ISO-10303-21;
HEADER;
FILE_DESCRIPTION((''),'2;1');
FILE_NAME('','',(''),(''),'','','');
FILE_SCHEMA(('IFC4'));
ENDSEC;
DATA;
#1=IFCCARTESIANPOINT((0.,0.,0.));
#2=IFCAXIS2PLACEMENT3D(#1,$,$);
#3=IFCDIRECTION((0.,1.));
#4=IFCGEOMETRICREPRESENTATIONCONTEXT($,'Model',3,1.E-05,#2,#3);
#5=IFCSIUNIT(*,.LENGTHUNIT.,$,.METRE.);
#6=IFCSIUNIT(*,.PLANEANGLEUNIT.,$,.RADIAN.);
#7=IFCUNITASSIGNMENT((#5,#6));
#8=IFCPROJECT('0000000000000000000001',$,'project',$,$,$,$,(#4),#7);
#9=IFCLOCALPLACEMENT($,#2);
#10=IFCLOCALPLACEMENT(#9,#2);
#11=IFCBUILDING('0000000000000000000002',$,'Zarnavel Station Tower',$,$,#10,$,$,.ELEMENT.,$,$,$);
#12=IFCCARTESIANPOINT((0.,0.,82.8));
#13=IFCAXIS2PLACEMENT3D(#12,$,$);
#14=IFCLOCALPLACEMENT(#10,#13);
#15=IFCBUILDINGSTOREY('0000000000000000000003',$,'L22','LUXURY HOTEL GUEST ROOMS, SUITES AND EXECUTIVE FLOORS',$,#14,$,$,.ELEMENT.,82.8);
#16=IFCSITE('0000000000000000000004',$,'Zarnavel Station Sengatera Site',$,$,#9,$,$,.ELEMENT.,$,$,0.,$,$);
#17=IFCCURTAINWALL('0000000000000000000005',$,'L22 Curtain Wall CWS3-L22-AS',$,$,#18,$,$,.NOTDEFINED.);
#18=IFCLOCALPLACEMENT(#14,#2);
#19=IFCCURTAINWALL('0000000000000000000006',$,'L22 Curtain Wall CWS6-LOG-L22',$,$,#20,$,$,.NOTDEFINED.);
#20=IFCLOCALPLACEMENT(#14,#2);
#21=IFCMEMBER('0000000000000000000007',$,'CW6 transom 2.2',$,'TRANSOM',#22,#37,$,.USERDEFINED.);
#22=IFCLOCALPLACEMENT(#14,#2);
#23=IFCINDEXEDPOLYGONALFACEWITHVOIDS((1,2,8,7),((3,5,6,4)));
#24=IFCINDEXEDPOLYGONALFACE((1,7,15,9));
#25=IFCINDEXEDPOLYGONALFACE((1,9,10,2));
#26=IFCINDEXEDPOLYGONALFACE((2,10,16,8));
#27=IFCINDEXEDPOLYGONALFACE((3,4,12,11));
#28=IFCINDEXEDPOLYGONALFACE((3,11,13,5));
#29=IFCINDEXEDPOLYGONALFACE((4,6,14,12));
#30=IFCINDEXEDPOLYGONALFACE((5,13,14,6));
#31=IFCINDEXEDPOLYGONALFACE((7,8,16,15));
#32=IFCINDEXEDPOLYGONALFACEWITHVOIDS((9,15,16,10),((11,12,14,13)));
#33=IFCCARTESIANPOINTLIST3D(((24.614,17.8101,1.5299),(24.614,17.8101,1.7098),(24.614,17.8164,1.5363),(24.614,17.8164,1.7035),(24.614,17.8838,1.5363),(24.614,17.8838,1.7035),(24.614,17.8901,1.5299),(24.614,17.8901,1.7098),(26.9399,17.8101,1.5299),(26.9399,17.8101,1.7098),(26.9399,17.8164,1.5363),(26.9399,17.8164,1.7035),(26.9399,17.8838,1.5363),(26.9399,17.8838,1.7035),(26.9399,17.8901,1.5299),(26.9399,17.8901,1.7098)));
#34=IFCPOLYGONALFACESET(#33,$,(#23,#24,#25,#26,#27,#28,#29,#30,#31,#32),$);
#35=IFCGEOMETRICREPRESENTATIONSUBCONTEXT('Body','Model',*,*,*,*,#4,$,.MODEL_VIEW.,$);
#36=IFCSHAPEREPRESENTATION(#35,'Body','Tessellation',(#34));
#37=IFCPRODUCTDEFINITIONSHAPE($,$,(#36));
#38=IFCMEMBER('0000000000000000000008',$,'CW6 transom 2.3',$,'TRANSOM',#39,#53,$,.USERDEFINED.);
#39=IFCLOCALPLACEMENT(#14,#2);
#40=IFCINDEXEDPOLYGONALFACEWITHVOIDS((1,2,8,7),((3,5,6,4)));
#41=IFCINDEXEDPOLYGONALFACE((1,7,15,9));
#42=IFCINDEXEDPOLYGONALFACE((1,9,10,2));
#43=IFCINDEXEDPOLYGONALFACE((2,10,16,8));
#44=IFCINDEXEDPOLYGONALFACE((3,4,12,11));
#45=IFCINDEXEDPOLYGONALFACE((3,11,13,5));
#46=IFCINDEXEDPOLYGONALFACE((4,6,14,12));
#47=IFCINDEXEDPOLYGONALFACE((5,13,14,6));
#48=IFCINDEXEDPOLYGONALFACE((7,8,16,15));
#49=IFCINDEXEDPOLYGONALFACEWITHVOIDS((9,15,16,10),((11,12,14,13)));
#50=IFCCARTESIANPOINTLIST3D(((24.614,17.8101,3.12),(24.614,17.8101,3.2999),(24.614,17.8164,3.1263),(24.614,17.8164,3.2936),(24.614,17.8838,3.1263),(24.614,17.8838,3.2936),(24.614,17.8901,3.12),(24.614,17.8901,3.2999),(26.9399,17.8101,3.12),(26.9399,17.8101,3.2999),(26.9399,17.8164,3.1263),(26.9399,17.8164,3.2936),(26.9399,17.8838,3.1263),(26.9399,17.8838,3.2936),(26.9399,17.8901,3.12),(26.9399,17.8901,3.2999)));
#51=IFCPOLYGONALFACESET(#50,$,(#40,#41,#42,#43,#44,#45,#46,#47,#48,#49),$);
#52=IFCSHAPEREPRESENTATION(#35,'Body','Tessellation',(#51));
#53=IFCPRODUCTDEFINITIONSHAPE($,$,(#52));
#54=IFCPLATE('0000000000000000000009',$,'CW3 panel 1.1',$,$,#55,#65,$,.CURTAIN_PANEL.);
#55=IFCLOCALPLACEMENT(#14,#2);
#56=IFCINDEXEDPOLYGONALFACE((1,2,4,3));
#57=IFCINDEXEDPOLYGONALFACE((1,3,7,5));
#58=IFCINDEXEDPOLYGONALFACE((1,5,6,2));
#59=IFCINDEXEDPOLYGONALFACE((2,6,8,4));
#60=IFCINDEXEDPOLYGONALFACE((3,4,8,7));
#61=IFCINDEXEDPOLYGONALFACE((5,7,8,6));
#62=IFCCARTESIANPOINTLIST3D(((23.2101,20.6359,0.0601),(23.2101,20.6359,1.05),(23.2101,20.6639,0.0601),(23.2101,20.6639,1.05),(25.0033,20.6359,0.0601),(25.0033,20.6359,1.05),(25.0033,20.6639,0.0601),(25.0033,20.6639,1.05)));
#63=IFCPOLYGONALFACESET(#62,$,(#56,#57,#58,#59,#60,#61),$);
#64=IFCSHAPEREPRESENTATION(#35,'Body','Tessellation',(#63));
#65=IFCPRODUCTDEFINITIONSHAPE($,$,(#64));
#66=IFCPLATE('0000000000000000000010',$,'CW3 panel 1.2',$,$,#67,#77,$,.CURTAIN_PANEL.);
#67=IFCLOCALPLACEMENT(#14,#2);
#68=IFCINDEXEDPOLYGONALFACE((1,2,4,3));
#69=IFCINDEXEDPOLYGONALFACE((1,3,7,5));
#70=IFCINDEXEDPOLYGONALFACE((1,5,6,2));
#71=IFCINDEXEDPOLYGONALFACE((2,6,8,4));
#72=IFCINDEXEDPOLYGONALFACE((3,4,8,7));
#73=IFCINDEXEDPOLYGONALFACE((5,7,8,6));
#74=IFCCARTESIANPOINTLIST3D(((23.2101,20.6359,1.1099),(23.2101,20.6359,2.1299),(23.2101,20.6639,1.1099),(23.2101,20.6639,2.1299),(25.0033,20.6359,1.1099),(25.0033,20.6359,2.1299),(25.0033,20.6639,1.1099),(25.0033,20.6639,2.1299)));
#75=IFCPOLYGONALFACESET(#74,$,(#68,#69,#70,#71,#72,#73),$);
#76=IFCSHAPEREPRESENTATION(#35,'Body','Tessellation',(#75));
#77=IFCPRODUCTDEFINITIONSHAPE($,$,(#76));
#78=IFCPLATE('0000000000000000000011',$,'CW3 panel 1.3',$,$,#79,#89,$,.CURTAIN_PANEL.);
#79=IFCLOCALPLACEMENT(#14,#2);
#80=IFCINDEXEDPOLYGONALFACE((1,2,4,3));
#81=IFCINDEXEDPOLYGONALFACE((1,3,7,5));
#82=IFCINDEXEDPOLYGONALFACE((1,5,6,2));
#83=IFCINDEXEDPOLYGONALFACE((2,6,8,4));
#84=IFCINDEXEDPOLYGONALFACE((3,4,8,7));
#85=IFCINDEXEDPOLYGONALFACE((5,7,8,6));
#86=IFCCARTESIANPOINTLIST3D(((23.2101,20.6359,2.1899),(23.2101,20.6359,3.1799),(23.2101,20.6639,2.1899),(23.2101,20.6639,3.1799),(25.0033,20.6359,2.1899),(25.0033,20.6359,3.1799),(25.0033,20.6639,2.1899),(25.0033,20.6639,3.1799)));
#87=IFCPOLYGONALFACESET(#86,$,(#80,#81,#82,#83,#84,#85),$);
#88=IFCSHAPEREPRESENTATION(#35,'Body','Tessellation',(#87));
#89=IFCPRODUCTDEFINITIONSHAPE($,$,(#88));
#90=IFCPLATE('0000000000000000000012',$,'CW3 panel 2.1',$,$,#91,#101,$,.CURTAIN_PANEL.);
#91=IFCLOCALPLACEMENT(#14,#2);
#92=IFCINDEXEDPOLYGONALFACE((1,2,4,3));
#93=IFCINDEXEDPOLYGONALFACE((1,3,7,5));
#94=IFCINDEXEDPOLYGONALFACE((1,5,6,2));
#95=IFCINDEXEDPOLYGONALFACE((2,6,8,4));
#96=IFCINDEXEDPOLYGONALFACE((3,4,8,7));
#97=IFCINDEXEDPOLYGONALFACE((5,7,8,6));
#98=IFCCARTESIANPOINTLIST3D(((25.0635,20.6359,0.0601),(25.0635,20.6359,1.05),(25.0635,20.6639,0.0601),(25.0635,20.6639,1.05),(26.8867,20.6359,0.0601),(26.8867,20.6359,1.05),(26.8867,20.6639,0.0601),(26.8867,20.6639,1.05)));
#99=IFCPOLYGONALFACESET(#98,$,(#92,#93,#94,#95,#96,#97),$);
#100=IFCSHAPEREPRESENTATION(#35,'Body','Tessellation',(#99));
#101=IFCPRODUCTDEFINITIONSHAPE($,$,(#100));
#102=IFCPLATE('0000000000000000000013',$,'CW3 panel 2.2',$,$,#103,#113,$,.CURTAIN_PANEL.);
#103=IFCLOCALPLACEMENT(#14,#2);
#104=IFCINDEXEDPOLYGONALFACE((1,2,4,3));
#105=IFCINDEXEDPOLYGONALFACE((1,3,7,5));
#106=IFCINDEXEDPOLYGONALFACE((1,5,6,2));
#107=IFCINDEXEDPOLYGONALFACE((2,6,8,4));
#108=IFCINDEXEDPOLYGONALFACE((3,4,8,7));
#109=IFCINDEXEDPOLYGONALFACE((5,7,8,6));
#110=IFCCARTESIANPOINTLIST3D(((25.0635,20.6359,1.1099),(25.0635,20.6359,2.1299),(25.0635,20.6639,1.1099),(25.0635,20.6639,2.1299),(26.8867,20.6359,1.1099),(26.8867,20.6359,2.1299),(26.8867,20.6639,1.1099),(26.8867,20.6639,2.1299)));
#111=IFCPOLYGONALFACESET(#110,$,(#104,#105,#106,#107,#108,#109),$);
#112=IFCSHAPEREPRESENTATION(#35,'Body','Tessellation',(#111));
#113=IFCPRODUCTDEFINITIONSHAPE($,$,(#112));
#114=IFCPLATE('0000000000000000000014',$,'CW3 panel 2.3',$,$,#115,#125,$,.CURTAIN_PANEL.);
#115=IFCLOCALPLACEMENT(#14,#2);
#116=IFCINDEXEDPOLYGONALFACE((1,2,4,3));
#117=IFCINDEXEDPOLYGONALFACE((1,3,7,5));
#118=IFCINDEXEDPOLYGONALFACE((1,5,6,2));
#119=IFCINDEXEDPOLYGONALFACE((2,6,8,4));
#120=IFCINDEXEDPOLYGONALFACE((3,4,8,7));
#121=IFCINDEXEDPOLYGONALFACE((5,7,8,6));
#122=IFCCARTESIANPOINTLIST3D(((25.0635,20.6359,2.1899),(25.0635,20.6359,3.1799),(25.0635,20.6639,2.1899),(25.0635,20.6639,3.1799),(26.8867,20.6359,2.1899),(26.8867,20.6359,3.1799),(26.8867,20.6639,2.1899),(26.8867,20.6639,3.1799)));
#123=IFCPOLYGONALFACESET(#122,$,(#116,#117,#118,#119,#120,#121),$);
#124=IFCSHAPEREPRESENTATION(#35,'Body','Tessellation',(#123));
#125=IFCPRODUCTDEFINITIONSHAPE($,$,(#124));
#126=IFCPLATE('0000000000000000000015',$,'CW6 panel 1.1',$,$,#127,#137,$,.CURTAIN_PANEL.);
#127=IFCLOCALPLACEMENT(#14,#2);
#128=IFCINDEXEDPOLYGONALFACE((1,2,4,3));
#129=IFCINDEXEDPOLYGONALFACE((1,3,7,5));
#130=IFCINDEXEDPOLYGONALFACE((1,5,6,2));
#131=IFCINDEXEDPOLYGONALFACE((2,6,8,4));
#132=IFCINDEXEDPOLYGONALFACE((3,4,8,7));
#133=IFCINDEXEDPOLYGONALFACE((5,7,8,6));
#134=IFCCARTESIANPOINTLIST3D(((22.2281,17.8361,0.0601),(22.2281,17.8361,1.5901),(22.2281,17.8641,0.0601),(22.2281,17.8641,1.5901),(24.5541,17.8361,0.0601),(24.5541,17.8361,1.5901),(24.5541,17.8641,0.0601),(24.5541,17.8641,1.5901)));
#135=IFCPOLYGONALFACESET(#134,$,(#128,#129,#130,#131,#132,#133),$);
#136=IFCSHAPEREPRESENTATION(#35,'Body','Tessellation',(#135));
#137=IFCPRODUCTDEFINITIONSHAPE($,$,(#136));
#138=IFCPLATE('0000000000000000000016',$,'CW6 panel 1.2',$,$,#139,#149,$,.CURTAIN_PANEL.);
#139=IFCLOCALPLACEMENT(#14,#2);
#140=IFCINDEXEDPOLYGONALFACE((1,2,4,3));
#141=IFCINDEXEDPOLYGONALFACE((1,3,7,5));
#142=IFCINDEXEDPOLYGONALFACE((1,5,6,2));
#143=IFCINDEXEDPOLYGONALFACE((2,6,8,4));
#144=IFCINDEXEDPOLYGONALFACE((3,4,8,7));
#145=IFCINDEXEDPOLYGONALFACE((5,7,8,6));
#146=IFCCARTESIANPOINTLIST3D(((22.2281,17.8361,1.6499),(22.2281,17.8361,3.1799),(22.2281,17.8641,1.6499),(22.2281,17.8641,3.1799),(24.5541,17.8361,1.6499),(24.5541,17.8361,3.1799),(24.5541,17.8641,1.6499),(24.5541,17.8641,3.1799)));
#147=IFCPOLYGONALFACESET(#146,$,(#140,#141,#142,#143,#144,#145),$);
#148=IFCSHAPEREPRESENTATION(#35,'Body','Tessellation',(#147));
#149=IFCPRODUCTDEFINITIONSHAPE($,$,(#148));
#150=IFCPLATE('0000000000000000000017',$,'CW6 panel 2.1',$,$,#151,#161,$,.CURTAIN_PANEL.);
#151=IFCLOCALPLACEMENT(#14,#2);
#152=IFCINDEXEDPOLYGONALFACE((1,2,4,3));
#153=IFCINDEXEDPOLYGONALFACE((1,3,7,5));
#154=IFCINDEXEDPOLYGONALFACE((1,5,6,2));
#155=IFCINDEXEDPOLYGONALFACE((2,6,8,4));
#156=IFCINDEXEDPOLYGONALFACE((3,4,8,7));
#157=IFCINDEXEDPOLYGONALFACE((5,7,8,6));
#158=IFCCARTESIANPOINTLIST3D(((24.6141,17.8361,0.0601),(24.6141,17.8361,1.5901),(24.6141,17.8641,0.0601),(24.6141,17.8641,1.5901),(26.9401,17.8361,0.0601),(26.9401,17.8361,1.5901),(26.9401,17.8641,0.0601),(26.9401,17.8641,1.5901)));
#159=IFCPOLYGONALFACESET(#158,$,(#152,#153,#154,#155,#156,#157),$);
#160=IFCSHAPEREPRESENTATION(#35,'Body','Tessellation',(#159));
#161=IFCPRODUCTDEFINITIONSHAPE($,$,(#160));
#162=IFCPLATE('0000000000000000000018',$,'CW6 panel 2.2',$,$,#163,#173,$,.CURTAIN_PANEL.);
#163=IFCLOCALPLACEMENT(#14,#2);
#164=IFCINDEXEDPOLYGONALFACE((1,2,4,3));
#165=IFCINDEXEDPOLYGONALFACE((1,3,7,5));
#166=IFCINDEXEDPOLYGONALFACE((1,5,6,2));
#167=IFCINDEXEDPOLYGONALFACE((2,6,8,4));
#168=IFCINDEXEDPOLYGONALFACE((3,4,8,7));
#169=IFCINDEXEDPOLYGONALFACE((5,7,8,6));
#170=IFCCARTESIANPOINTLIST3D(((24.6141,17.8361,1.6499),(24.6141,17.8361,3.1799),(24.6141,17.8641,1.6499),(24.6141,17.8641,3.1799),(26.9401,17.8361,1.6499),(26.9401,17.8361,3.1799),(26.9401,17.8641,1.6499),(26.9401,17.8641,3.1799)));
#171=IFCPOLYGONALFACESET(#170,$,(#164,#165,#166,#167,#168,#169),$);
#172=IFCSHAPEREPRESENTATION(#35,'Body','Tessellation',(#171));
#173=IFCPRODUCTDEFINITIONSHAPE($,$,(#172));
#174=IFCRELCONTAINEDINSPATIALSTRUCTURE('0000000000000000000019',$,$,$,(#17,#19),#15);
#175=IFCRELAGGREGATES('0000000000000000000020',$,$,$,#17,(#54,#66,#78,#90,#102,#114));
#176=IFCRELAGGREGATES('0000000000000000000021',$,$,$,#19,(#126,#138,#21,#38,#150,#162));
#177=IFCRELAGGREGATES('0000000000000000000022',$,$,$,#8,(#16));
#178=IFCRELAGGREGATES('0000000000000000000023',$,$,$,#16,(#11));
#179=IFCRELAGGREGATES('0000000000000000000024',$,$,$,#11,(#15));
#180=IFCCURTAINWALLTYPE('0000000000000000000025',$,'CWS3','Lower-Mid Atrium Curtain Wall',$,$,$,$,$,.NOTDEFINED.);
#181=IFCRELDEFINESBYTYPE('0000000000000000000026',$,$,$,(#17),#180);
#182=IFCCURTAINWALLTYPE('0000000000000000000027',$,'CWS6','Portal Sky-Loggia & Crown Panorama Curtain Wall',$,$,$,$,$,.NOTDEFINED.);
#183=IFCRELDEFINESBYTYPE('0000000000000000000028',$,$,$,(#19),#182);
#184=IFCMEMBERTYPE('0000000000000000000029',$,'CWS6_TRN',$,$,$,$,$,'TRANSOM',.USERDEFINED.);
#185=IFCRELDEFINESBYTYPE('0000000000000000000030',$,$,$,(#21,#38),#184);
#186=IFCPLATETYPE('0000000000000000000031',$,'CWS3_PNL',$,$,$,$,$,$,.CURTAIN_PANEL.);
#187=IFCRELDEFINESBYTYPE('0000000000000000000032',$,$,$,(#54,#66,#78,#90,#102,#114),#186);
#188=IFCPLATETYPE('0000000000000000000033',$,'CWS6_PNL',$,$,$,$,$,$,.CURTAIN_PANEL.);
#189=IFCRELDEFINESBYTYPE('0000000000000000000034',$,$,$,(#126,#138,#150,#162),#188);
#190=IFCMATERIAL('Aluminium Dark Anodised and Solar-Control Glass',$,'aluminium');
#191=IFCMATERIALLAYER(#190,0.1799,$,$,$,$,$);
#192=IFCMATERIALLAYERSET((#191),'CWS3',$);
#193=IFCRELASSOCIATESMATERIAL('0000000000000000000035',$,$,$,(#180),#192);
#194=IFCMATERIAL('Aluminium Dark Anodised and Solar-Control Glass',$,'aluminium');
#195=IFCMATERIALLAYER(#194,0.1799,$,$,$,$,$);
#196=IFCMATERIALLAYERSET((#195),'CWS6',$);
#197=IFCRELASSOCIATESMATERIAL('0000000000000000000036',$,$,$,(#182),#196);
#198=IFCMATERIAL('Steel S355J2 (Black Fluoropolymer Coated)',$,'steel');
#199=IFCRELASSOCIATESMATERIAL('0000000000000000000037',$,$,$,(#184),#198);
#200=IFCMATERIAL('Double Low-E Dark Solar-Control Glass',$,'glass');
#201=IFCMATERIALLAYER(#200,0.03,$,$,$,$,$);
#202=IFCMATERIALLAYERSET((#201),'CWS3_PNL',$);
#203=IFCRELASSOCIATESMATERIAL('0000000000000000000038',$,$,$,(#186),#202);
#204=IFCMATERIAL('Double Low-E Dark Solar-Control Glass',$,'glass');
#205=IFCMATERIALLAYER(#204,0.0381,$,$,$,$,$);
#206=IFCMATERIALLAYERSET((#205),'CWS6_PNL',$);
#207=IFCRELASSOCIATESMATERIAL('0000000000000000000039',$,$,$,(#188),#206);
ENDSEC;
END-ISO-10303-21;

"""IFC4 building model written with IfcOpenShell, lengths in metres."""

from ifc_helpers import new_model, si_unit, direction, frame, origin, origin_2d, place, context, subcontext, project, spatial, rectangle, hollow_rectangle, extrude, material, layer, layer_set, material_profile, profile_set, type_object, element, aggregate, save


model = new_model("IFC4")

# Units and contexts
model_context = context("Model", 3, precision=1e-05, world=origin(), true_north=direction((0.0, 1.0)))
body_context = subcontext(model_context, "Body", "Model", "MODEL_VIEW")
ifc_project = project(units=[si_unit("LENGTHUNIT", "METRE"), si_unit("PLANEANGLEUNIT", "RADIAN")], contexts=[model_context])

# Site, building, storey
site_placement = place(None, origin())
site = spatial("IfcSite", under=ifc_project, at=site_placement, Name="Zarnavel Station Sengatera Site", CompositionType="ELEMENT", RefElevation=0.0)
building_placement = place(site_placement, origin())
building = spatial("IfcBuilding", under=site, at=building_placement, Name="Zarnavel Station Tower", CompositionType="ELEMENT")
storey_placement = place(building_placement, frame((0.0, 0.0, 82.8)))
storey = spatial("IfcBuildingStorey", under=building, at=storey_placement, Name="L22", Description="LUXURY HOTEL GUEST ROOMS, SUITES AND EXECUTIVE FLOORS", CompositionType="ELEMENT", Elevation=82.8)

# Curtain walls, members
ifc_material_1 = material(Name="Aluminium Dark Anodised and Solar-Control Glass", Category="aluminium")
ifc_layer_1 = layer(ifc_material_1, 0.1799)
ifc_layer_set_1 = layer_set([ifc_layer_1], Name="CWS3")
curtain_wall_type_1 = type_object("IfcCurtainWallType", Name="CWS3", Description="Lower-Mid Atrium Curtain Wall", PredefinedType="NOTDEFINED", material=ifc_layer_set_1)
curtain_wall_1_placement = place(storey_placement, origin())
curtain_wall_1 = element("IfcCurtainWall", 1, at=curtain_wall_1_placement, inside=storey, type_object=curtain_wall_type_1, Name="L22 Curtain Wall CWS3-L22-AS", PredefinedType="NOTDEFINED")
ifc_material_2 = material(Name="Aluminium Dark Anodised and Solar-Control Glass", Category="aluminium")
ifc_layer_2 = layer(ifc_material_2, 0.1799)
ifc_layer_set_2 = layer_set([ifc_layer_2], Name="CWS6")
curtain_wall_type_2 = type_object("IfcCurtainWallType", Name="CWS6", Description="Portal Sky-Loggia & Crown Panorama Curtain Wall", PredefinedType="NOTDEFINED", material=ifc_layer_set_2)
curtain_wall_2_placement = place(storey_placement, origin())
curtain_wall_2 = element("IfcCurtainWall", 2, at=curtain_wall_2_placement, inside=storey, type_object=curtain_wall_type_2, Name="L22 Curtain Wall CWS6-LOG-L22", PredefinedType="NOTDEFINED")
ifc_material_3 = material(Name="Steel S355J2 (Black Fluoropolymer Coated)", Category="steel")
ifc_material_profile_1 = material_profile(ifc_material_3, hollow_rectangle(XDim=0.0801, YDim=0.1799, WallThickness=0.0063, at=origin_2d()), Name="RHS180x80x6.3")
ifc_profile_set_1 = profile_set([ifc_material_profile_1], Name="Steel S355J2 (Black Fluoropolymer Coated)")
member_type_1 = type_object("IfcMemberType", Name="CWS6_TRN", ElementType="TRANSOM", PredefinedType="USERDEFINED", material=ifc_profile_set_1)
member_1_placement = place(storey_placement, frame((24.614, 17.8501, 1.6199), z_axis=(1.0, 0.0, 0.0), x_axis=(0.0, 1.0, 0.0)))
member_1 = element("IfcMember", 3, at=member_1_placement, type_object=member_type_1, Name="CW6 transom 2.2", ObjectType="TRANSOM", PredefinedType="USERDEFINED", context=body_context, shape_type="SweptSolid", body=[
    extrude(hollow_rectangle(XDim=0.0801, YDim=0.1799, WallThickness=0.0063, at=origin_2d()), origin(), (0.0, 0.0, 1.0), 2.3259),
])
member_2_placement = place(storey_placement, frame((24.614, 17.8501, 3.21), z_axis=(1.0, 0.0, 0.0), x_axis=(0.0, 1.0, 0.0)))
member_2 = element("IfcMember", 4, at=member_2_placement, type_object=member_type_1, Name="CW6 transom 2.3", ObjectType="TRANSOM", PredefinedType="USERDEFINED", context=body_context, shape_type="SweptSolid", body=[
    extrude(hollow_rectangle(XDim=0.0801, YDim=0.1799, WallThickness=0.0063, at=origin_2d()), origin(), (0.0, 0.0, 1.0), 2.3259),
])

# Plates
ifc_material_4 = material(Name="Double Low-E Dark Solar-Control Glass", Category="glass")
ifc_layer_3 = layer(ifc_material_4, 0.03)
ifc_layer_set_3 = layer_set([ifc_layer_3], Name="CWS3_PNL")
plate_type_1 = type_object("IfcPlateType", Name="CWS3_PNL", PredefinedType="CURTAIN_PANEL", material=ifc_layer_set_3)
plate_1_placement = place(storey_placement, frame((24.1067, 20.6499, 0.0601), z_axis=(0.0, 0.0, 1.0), x_axis=(1.0, 0.0, 0.0)))
plate_1 = element("IfcPlate", 5, at=plate_1_placement, type_object=plate_type_1, Name="CW3 panel 1.1", PredefinedType="CURTAIN_PANEL", context=body_context, shape_type="SweptSolid", body=[
    extrude(rectangle(XDim=1.7932, YDim=0.0281, at=origin_2d()), origin(), (0.0, 0.0, 1.0), 0.99),
])
plate_2_placement = place(storey_placement, frame((24.1067, 20.6499, 1.1099), z_axis=(0.0, 0.0, 1.0), x_axis=(1.0, 0.0, 0.0)))
plate_2 = element("IfcPlate", 6, at=plate_2_placement, type_object=plate_type_1, Name="CW3 panel 1.2", PredefinedType="CURTAIN_PANEL", context=body_context, shape_type="SweptSolid", body=[
    extrude(rectangle(XDim=1.7932, YDim=0.0281, at=origin_2d()), origin(), (0.0, 0.0, 1.0), 1.02),
])
plate_3_placement = place(storey_placement, frame((24.1067, 20.6499, 2.1899), z_axis=(0.0, 0.0, 1.0), x_axis=(1.0, 0.0, 0.0)))
plate_3 = element("IfcPlate", 7, at=plate_3_placement, type_object=plate_type_1, Name="CW3 panel 1.3", PredefinedType="CURTAIN_PANEL", context=body_context, shape_type="SweptSolid", body=[
    extrude(rectangle(XDim=1.7932, YDim=0.0281, at=origin_2d()), origin(), (0.0, 0.0, 1.0), 0.99),
])
plate_4_placement = place(storey_placement, frame((25.9751, 20.6499, 0.0601), z_axis=(0.0, 0.0, 1.0), x_axis=(1.0, 0.0, 0.0)))
plate_4 = element("IfcPlate", 8, at=plate_4_placement, type_object=plate_type_1, Name="CW3 panel 2.1", PredefinedType="CURTAIN_PANEL", context=body_context, shape_type="SweptSolid", body=[
    extrude(rectangle(XDim=1.8232, YDim=0.0281, at=origin_2d()), origin(), (0.0, 0.0, 1.0), 0.99),
])
plate_5_placement = place(storey_placement, frame((25.9751, 20.6499, 1.1099), z_axis=(0.0, 0.0, 1.0), x_axis=(1.0, 0.0, 0.0)))
plate_5 = element("IfcPlate", 9, at=plate_5_placement, type_object=plate_type_1, Name="CW3 panel 2.2", PredefinedType="CURTAIN_PANEL", context=body_context, shape_type="SweptSolid", body=[
    extrude(rectangle(XDim=1.8232, YDim=0.0281, at=origin_2d()), origin(), (0.0, 0.0, 1.0), 1.02),
])
plate_6_placement = place(storey_placement, frame((25.9751, 20.6499, 2.1899), z_axis=(0.0, 0.0, 1.0), x_axis=(1.0, 0.0, 0.0)))
plate_6 = element("IfcPlate", 10, at=plate_6_placement, type_object=plate_type_1, Name="CW3 panel 2.3", PredefinedType="CURTAIN_PANEL", context=body_context, shape_type="SweptSolid", body=[
    extrude(rectangle(XDim=1.8232, YDim=0.0281, at=origin_2d()), origin(), (0.0, 0.0, 1.0), 0.99),
])
aggregate(curtain_wall_1, [plate_1, plate_2, plate_3, plate_4, plate_5, plate_6])
ifc_material_5 = material(Name="Double Low-E Dark Solar-Control Glass", Category="glass")
ifc_layer_4 = layer(ifc_material_5, 0.0381)
ifc_layer_set_4 = layer_set([ifc_layer_4], Name="CWS6_PNL")
plate_type_2 = type_object("IfcPlateType", Name="CWS6_PNL", PredefinedType="CURTAIN_PANEL", material=ifc_layer_set_4)
plate_7_placement = place(storey_placement, frame((23.3911, 17.8501, 0.0601), z_axis=(0.0, 0.0, 1.0), x_axis=(1.0, 0.0, 0.0)))
plate_7 = element("IfcPlate", 11, at=plate_7_placement, type_object=plate_type_2, Name="CW6 panel 1.1", PredefinedType="CURTAIN_PANEL", context=body_context, shape_type="SweptSolid", body=[
    extrude(rectangle(XDim=2.3259, YDim=0.0281, at=origin_2d()), origin(), (0.0, 0.0, 1.0), 1.53),
])
plate_8_placement = place(storey_placement, frame((23.3911, 17.8501, 1.6499), z_axis=(0.0, 0.0, 1.0), x_axis=(1.0, 0.0, 0.0)))
plate_8 = element("IfcPlate", 12, at=plate_8_placement, type_object=plate_type_2, Name="CW6 panel 1.2", PredefinedType="CURTAIN_PANEL", context=body_context, shape_type="SweptSolid", body=[
    extrude(rectangle(XDim=2.3259, YDim=0.0281, at=origin_2d()), origin(), (0.0, 0.0, 1.0), 1.53),
])
plate_9_placement = place(storey_placement, frame((25.7771, 17.8501, 0.0601), z_axis=(0.0, 0.0, 1.0), x_axis=(1.0, 0.0, 0.0)))
plate_9 = element("IfcPlate", 13, at=plate_9_placement, type_object=plate_type_2, Name="CW6 panel 2.1", PredefinedType="CURTAIN_PANEL", context=body_context, shape_type="SweptSolid", body=[
    extrude(rectangle(XDim=2.3259, YDim=0.0281, at=origin_2d()), origin(), (0.0, 0.0, 1.0), 1.53),
])
plate_10_placement = place(storey_placement, frame((25.7771, 17.8501, 1.6499), z_axis=(0.0, 0.0, 1.0), x_axis=(1.0, 0.0, 0.0)))
plate_10 = element("IfcPlate", 14, at=plate_10_placement, type_object=plate_type_2, Name="CW6 panel 2.2", PredefinedType="CURTAIN_PANEL", context=body_context, shape_type="SweptSolid", body=[
    extrude(rectangle(XDim=2.3259, YDim=0.0281, at=origin_2d()), origin(), (0.0, 0.0, 1.0), 1.53),
])
aggregate(curtain_wall_2, [plate_7, plate_8, member_1, member_2, plate_9, plate_10])

save(model, "model.ifc")
